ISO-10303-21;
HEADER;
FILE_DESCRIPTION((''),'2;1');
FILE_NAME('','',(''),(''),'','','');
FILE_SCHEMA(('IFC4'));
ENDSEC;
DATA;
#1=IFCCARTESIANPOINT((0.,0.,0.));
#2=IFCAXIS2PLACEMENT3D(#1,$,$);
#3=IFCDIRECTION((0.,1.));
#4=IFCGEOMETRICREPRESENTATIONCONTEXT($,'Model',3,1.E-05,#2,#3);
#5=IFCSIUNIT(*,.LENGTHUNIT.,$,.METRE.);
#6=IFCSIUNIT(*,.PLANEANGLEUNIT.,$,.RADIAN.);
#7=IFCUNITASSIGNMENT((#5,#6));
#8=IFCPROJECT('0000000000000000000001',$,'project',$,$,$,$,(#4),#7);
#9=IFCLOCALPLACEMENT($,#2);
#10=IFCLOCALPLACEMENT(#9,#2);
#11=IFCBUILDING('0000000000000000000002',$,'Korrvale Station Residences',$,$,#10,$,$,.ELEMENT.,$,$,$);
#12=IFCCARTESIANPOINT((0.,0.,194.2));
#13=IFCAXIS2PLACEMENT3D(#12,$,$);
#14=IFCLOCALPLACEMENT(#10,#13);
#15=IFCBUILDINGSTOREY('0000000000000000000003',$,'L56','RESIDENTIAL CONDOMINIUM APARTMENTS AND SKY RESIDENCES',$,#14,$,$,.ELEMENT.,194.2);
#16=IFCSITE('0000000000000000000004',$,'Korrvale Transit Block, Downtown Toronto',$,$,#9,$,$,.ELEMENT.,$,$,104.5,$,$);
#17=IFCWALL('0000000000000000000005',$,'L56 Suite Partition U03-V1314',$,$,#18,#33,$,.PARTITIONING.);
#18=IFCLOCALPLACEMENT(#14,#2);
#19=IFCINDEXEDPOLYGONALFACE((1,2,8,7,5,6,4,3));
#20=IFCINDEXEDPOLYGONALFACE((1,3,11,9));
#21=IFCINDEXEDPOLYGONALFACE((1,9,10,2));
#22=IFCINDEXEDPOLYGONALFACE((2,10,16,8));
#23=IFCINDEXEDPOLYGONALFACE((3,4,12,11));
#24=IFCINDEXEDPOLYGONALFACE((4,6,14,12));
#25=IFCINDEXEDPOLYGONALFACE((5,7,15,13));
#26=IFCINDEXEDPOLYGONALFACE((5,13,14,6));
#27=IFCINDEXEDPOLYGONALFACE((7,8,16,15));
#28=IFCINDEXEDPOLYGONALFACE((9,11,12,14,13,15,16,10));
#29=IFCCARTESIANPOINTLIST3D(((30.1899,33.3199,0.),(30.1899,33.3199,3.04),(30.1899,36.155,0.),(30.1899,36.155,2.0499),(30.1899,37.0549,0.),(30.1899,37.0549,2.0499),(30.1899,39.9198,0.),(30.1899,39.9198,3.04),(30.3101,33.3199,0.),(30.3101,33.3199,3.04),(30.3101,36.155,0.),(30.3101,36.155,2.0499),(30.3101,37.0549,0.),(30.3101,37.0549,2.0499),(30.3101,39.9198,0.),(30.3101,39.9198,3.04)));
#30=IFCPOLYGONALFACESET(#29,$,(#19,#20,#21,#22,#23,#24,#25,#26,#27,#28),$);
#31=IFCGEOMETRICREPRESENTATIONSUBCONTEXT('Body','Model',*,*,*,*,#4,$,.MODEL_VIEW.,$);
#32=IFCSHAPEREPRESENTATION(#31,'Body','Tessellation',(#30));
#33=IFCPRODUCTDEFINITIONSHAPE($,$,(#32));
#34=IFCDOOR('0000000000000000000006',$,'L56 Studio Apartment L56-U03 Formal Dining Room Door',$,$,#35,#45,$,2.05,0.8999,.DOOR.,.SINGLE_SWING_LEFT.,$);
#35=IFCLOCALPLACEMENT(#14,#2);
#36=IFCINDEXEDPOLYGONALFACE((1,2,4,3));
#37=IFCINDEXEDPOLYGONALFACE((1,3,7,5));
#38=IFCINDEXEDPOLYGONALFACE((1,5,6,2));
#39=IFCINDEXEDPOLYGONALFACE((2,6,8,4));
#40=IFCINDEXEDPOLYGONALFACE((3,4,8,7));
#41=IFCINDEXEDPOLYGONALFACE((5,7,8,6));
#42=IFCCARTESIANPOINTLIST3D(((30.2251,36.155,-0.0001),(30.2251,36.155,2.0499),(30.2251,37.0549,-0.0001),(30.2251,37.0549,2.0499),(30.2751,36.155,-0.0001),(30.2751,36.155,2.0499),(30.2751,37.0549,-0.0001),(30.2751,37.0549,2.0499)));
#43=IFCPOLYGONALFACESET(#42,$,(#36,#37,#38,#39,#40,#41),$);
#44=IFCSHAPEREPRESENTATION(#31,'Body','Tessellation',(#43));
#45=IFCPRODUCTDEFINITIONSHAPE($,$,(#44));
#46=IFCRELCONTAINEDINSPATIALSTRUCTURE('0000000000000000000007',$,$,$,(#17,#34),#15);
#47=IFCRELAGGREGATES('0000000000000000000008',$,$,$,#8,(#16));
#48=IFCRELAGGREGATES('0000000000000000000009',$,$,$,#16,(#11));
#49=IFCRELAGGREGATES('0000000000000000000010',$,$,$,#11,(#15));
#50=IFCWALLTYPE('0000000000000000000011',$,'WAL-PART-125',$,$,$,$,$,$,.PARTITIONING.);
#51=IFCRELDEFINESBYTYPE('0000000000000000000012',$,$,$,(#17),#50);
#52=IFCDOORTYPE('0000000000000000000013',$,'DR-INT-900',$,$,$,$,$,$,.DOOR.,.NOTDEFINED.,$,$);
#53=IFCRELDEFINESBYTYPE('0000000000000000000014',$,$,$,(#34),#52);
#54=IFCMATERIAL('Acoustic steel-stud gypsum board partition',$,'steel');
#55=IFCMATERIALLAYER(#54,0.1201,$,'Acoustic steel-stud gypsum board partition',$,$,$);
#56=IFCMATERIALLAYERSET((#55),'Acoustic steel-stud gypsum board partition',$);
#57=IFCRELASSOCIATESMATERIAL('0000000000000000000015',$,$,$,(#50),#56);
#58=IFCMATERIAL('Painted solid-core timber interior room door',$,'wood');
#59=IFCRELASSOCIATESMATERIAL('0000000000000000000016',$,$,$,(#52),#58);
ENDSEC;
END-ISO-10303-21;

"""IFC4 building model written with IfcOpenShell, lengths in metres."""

from ifc_helpers import new_model, si_unit, direction, frame, frame_2d, origin, place, context, subcontext, project, spatial, rectangle, extrude, material, layer, layer_set, type_object, element, fill, save


model = new_model("IFC4")

# Units and contexts
model_context = context("Model", 3, precision=1e-05, world=origin(), true_north=direction((0.0, 1.0)))
body_context = subcontext(model_context, "Body", "Model", "MODEL_VIEW")
ifc_project = project(units=[si_unit("LENGTHUNIT", "METRE"), si_unit("PLANEANGLEUNIT", "RADIAN")], contexts=[model_context])

# Site, building, storey
site_placement = place(None, origin())
site = spatial("IfcSite", under=ifc_project, at=site_placement, Name="Korrvale Transit Block, Downtown Toronto", CompositionType="ELEMENT", RefElevation=104.5)
building_placement = place(site_placement, origin())
building = spatial("IfcBuilding", under=site, at=building_placement, Name="Korrvale Station Residences", CompositionType="ELEMENT")
storey_placement = place(building_placement, frame((0.0, 0.0, 194.2)))
storey = spatial("IfcBuildingStorey", under=building, at=storey_placement, Name="L56", Description="RESIDENTIAL CONDOMINIUM APARTMENTS AND SKY RESIDENCES", CompositionType="ELEMENT", Elevation=194.2)

# Wall, opening, door
ifc_material_1 = material(Name="Acoustic steel-stud gypsum board partition", Category="steel")
ifc_layer_1 = layer(ifc_material_1, 0.1201, Name="Acoustic steel-stud gypsum board partition")
ifc_layer_set_1 = layer_set([ifc_layer_1], Name="Acoustic steel-stud gypsum board partition")
wall_type_1 = type_object("IfcWallType", Name="WAL-PART-125", PredefinedType="PARTITIONING", material=ifc_layer_set_1)
wall_1_placement = place(storey_placement, frame((30.25, 33.3201, 0.0), z_axis=(0.0, 0.0, 1.0), x_axis=(0.0, 1.0, 0.0)))
wall_1 = element("IfcWall", 1, at=wall_1_placement, inside=storey, type_object=wall_type_1, Name="L56 Suite Partition U03-V1314", PredefinedType="PARTITIONING", context=body_context, shape_type="SweptSolid", body=[
    extrude(rectangle(XDim=6.5999, YDim=0.1201, at=frame_2d((3.2998, 0.0))), origin(), (0.0, 0.0, 1.0), 3.04),
])
opening_1_placement = place(wall_1_placement, frame((2.835, 0.0, 0.0)))
opening_1 = element("IfcOpeningElement", 2, at=opening_1_placement, cuts=wall_1, PredefinedType="OPENING", context=body_context, shape_type="SweptSolid", body=[
    extrude(rectangle(XDim=0.8999, YDim=2.05, at=frame_2d((0.45, 1.0249))), frame((0.0, 0.0701, 0.0), z_axis=(0.0, -1.0, 0.0), x_axis=(1.0, 0.0, 0.0)), (0.0, 0.0, 1.0), 0.1401),
])
ifc_material_2 = material(Name="Painted solid-core timber interior room door", Category="wood")
door_type_1 = type_object("IfcDoorType", Name="DR-INT-900", OperationType="NOTDEFINED", PredefinedType="DOOR", material=ifc_material_2)
door_1_placement = place(opening_1_placement, origin())
door_1 = element("IfcDoor", 3, at=door_1_placement, inside=storey, type_object=door_type_1, Name="L56 Studio Apartment L56-U03 Formal Dining Room Door", OperationType="SINGLE_SWING_LEFT", OverallHeight=2.05, OverallWidth=0.8999, PredefinedType="DOOR", context=body_context, shape_type="SweptSolid", body=[
    extrude(rectangle(XDim=0.8999, YDim=2.05, at=frame_2d((0.45, 1.0249))), frame((0.0, 0.0249, 0.0), z_axis=(0.0, -1.0, 0.0), x_axis=(1.0, 0.0, 0.0)), (0.0, 0.0, 1.0), 0.05),
])
fill(opening_1, door_1)

save(model, "model.ifc")
